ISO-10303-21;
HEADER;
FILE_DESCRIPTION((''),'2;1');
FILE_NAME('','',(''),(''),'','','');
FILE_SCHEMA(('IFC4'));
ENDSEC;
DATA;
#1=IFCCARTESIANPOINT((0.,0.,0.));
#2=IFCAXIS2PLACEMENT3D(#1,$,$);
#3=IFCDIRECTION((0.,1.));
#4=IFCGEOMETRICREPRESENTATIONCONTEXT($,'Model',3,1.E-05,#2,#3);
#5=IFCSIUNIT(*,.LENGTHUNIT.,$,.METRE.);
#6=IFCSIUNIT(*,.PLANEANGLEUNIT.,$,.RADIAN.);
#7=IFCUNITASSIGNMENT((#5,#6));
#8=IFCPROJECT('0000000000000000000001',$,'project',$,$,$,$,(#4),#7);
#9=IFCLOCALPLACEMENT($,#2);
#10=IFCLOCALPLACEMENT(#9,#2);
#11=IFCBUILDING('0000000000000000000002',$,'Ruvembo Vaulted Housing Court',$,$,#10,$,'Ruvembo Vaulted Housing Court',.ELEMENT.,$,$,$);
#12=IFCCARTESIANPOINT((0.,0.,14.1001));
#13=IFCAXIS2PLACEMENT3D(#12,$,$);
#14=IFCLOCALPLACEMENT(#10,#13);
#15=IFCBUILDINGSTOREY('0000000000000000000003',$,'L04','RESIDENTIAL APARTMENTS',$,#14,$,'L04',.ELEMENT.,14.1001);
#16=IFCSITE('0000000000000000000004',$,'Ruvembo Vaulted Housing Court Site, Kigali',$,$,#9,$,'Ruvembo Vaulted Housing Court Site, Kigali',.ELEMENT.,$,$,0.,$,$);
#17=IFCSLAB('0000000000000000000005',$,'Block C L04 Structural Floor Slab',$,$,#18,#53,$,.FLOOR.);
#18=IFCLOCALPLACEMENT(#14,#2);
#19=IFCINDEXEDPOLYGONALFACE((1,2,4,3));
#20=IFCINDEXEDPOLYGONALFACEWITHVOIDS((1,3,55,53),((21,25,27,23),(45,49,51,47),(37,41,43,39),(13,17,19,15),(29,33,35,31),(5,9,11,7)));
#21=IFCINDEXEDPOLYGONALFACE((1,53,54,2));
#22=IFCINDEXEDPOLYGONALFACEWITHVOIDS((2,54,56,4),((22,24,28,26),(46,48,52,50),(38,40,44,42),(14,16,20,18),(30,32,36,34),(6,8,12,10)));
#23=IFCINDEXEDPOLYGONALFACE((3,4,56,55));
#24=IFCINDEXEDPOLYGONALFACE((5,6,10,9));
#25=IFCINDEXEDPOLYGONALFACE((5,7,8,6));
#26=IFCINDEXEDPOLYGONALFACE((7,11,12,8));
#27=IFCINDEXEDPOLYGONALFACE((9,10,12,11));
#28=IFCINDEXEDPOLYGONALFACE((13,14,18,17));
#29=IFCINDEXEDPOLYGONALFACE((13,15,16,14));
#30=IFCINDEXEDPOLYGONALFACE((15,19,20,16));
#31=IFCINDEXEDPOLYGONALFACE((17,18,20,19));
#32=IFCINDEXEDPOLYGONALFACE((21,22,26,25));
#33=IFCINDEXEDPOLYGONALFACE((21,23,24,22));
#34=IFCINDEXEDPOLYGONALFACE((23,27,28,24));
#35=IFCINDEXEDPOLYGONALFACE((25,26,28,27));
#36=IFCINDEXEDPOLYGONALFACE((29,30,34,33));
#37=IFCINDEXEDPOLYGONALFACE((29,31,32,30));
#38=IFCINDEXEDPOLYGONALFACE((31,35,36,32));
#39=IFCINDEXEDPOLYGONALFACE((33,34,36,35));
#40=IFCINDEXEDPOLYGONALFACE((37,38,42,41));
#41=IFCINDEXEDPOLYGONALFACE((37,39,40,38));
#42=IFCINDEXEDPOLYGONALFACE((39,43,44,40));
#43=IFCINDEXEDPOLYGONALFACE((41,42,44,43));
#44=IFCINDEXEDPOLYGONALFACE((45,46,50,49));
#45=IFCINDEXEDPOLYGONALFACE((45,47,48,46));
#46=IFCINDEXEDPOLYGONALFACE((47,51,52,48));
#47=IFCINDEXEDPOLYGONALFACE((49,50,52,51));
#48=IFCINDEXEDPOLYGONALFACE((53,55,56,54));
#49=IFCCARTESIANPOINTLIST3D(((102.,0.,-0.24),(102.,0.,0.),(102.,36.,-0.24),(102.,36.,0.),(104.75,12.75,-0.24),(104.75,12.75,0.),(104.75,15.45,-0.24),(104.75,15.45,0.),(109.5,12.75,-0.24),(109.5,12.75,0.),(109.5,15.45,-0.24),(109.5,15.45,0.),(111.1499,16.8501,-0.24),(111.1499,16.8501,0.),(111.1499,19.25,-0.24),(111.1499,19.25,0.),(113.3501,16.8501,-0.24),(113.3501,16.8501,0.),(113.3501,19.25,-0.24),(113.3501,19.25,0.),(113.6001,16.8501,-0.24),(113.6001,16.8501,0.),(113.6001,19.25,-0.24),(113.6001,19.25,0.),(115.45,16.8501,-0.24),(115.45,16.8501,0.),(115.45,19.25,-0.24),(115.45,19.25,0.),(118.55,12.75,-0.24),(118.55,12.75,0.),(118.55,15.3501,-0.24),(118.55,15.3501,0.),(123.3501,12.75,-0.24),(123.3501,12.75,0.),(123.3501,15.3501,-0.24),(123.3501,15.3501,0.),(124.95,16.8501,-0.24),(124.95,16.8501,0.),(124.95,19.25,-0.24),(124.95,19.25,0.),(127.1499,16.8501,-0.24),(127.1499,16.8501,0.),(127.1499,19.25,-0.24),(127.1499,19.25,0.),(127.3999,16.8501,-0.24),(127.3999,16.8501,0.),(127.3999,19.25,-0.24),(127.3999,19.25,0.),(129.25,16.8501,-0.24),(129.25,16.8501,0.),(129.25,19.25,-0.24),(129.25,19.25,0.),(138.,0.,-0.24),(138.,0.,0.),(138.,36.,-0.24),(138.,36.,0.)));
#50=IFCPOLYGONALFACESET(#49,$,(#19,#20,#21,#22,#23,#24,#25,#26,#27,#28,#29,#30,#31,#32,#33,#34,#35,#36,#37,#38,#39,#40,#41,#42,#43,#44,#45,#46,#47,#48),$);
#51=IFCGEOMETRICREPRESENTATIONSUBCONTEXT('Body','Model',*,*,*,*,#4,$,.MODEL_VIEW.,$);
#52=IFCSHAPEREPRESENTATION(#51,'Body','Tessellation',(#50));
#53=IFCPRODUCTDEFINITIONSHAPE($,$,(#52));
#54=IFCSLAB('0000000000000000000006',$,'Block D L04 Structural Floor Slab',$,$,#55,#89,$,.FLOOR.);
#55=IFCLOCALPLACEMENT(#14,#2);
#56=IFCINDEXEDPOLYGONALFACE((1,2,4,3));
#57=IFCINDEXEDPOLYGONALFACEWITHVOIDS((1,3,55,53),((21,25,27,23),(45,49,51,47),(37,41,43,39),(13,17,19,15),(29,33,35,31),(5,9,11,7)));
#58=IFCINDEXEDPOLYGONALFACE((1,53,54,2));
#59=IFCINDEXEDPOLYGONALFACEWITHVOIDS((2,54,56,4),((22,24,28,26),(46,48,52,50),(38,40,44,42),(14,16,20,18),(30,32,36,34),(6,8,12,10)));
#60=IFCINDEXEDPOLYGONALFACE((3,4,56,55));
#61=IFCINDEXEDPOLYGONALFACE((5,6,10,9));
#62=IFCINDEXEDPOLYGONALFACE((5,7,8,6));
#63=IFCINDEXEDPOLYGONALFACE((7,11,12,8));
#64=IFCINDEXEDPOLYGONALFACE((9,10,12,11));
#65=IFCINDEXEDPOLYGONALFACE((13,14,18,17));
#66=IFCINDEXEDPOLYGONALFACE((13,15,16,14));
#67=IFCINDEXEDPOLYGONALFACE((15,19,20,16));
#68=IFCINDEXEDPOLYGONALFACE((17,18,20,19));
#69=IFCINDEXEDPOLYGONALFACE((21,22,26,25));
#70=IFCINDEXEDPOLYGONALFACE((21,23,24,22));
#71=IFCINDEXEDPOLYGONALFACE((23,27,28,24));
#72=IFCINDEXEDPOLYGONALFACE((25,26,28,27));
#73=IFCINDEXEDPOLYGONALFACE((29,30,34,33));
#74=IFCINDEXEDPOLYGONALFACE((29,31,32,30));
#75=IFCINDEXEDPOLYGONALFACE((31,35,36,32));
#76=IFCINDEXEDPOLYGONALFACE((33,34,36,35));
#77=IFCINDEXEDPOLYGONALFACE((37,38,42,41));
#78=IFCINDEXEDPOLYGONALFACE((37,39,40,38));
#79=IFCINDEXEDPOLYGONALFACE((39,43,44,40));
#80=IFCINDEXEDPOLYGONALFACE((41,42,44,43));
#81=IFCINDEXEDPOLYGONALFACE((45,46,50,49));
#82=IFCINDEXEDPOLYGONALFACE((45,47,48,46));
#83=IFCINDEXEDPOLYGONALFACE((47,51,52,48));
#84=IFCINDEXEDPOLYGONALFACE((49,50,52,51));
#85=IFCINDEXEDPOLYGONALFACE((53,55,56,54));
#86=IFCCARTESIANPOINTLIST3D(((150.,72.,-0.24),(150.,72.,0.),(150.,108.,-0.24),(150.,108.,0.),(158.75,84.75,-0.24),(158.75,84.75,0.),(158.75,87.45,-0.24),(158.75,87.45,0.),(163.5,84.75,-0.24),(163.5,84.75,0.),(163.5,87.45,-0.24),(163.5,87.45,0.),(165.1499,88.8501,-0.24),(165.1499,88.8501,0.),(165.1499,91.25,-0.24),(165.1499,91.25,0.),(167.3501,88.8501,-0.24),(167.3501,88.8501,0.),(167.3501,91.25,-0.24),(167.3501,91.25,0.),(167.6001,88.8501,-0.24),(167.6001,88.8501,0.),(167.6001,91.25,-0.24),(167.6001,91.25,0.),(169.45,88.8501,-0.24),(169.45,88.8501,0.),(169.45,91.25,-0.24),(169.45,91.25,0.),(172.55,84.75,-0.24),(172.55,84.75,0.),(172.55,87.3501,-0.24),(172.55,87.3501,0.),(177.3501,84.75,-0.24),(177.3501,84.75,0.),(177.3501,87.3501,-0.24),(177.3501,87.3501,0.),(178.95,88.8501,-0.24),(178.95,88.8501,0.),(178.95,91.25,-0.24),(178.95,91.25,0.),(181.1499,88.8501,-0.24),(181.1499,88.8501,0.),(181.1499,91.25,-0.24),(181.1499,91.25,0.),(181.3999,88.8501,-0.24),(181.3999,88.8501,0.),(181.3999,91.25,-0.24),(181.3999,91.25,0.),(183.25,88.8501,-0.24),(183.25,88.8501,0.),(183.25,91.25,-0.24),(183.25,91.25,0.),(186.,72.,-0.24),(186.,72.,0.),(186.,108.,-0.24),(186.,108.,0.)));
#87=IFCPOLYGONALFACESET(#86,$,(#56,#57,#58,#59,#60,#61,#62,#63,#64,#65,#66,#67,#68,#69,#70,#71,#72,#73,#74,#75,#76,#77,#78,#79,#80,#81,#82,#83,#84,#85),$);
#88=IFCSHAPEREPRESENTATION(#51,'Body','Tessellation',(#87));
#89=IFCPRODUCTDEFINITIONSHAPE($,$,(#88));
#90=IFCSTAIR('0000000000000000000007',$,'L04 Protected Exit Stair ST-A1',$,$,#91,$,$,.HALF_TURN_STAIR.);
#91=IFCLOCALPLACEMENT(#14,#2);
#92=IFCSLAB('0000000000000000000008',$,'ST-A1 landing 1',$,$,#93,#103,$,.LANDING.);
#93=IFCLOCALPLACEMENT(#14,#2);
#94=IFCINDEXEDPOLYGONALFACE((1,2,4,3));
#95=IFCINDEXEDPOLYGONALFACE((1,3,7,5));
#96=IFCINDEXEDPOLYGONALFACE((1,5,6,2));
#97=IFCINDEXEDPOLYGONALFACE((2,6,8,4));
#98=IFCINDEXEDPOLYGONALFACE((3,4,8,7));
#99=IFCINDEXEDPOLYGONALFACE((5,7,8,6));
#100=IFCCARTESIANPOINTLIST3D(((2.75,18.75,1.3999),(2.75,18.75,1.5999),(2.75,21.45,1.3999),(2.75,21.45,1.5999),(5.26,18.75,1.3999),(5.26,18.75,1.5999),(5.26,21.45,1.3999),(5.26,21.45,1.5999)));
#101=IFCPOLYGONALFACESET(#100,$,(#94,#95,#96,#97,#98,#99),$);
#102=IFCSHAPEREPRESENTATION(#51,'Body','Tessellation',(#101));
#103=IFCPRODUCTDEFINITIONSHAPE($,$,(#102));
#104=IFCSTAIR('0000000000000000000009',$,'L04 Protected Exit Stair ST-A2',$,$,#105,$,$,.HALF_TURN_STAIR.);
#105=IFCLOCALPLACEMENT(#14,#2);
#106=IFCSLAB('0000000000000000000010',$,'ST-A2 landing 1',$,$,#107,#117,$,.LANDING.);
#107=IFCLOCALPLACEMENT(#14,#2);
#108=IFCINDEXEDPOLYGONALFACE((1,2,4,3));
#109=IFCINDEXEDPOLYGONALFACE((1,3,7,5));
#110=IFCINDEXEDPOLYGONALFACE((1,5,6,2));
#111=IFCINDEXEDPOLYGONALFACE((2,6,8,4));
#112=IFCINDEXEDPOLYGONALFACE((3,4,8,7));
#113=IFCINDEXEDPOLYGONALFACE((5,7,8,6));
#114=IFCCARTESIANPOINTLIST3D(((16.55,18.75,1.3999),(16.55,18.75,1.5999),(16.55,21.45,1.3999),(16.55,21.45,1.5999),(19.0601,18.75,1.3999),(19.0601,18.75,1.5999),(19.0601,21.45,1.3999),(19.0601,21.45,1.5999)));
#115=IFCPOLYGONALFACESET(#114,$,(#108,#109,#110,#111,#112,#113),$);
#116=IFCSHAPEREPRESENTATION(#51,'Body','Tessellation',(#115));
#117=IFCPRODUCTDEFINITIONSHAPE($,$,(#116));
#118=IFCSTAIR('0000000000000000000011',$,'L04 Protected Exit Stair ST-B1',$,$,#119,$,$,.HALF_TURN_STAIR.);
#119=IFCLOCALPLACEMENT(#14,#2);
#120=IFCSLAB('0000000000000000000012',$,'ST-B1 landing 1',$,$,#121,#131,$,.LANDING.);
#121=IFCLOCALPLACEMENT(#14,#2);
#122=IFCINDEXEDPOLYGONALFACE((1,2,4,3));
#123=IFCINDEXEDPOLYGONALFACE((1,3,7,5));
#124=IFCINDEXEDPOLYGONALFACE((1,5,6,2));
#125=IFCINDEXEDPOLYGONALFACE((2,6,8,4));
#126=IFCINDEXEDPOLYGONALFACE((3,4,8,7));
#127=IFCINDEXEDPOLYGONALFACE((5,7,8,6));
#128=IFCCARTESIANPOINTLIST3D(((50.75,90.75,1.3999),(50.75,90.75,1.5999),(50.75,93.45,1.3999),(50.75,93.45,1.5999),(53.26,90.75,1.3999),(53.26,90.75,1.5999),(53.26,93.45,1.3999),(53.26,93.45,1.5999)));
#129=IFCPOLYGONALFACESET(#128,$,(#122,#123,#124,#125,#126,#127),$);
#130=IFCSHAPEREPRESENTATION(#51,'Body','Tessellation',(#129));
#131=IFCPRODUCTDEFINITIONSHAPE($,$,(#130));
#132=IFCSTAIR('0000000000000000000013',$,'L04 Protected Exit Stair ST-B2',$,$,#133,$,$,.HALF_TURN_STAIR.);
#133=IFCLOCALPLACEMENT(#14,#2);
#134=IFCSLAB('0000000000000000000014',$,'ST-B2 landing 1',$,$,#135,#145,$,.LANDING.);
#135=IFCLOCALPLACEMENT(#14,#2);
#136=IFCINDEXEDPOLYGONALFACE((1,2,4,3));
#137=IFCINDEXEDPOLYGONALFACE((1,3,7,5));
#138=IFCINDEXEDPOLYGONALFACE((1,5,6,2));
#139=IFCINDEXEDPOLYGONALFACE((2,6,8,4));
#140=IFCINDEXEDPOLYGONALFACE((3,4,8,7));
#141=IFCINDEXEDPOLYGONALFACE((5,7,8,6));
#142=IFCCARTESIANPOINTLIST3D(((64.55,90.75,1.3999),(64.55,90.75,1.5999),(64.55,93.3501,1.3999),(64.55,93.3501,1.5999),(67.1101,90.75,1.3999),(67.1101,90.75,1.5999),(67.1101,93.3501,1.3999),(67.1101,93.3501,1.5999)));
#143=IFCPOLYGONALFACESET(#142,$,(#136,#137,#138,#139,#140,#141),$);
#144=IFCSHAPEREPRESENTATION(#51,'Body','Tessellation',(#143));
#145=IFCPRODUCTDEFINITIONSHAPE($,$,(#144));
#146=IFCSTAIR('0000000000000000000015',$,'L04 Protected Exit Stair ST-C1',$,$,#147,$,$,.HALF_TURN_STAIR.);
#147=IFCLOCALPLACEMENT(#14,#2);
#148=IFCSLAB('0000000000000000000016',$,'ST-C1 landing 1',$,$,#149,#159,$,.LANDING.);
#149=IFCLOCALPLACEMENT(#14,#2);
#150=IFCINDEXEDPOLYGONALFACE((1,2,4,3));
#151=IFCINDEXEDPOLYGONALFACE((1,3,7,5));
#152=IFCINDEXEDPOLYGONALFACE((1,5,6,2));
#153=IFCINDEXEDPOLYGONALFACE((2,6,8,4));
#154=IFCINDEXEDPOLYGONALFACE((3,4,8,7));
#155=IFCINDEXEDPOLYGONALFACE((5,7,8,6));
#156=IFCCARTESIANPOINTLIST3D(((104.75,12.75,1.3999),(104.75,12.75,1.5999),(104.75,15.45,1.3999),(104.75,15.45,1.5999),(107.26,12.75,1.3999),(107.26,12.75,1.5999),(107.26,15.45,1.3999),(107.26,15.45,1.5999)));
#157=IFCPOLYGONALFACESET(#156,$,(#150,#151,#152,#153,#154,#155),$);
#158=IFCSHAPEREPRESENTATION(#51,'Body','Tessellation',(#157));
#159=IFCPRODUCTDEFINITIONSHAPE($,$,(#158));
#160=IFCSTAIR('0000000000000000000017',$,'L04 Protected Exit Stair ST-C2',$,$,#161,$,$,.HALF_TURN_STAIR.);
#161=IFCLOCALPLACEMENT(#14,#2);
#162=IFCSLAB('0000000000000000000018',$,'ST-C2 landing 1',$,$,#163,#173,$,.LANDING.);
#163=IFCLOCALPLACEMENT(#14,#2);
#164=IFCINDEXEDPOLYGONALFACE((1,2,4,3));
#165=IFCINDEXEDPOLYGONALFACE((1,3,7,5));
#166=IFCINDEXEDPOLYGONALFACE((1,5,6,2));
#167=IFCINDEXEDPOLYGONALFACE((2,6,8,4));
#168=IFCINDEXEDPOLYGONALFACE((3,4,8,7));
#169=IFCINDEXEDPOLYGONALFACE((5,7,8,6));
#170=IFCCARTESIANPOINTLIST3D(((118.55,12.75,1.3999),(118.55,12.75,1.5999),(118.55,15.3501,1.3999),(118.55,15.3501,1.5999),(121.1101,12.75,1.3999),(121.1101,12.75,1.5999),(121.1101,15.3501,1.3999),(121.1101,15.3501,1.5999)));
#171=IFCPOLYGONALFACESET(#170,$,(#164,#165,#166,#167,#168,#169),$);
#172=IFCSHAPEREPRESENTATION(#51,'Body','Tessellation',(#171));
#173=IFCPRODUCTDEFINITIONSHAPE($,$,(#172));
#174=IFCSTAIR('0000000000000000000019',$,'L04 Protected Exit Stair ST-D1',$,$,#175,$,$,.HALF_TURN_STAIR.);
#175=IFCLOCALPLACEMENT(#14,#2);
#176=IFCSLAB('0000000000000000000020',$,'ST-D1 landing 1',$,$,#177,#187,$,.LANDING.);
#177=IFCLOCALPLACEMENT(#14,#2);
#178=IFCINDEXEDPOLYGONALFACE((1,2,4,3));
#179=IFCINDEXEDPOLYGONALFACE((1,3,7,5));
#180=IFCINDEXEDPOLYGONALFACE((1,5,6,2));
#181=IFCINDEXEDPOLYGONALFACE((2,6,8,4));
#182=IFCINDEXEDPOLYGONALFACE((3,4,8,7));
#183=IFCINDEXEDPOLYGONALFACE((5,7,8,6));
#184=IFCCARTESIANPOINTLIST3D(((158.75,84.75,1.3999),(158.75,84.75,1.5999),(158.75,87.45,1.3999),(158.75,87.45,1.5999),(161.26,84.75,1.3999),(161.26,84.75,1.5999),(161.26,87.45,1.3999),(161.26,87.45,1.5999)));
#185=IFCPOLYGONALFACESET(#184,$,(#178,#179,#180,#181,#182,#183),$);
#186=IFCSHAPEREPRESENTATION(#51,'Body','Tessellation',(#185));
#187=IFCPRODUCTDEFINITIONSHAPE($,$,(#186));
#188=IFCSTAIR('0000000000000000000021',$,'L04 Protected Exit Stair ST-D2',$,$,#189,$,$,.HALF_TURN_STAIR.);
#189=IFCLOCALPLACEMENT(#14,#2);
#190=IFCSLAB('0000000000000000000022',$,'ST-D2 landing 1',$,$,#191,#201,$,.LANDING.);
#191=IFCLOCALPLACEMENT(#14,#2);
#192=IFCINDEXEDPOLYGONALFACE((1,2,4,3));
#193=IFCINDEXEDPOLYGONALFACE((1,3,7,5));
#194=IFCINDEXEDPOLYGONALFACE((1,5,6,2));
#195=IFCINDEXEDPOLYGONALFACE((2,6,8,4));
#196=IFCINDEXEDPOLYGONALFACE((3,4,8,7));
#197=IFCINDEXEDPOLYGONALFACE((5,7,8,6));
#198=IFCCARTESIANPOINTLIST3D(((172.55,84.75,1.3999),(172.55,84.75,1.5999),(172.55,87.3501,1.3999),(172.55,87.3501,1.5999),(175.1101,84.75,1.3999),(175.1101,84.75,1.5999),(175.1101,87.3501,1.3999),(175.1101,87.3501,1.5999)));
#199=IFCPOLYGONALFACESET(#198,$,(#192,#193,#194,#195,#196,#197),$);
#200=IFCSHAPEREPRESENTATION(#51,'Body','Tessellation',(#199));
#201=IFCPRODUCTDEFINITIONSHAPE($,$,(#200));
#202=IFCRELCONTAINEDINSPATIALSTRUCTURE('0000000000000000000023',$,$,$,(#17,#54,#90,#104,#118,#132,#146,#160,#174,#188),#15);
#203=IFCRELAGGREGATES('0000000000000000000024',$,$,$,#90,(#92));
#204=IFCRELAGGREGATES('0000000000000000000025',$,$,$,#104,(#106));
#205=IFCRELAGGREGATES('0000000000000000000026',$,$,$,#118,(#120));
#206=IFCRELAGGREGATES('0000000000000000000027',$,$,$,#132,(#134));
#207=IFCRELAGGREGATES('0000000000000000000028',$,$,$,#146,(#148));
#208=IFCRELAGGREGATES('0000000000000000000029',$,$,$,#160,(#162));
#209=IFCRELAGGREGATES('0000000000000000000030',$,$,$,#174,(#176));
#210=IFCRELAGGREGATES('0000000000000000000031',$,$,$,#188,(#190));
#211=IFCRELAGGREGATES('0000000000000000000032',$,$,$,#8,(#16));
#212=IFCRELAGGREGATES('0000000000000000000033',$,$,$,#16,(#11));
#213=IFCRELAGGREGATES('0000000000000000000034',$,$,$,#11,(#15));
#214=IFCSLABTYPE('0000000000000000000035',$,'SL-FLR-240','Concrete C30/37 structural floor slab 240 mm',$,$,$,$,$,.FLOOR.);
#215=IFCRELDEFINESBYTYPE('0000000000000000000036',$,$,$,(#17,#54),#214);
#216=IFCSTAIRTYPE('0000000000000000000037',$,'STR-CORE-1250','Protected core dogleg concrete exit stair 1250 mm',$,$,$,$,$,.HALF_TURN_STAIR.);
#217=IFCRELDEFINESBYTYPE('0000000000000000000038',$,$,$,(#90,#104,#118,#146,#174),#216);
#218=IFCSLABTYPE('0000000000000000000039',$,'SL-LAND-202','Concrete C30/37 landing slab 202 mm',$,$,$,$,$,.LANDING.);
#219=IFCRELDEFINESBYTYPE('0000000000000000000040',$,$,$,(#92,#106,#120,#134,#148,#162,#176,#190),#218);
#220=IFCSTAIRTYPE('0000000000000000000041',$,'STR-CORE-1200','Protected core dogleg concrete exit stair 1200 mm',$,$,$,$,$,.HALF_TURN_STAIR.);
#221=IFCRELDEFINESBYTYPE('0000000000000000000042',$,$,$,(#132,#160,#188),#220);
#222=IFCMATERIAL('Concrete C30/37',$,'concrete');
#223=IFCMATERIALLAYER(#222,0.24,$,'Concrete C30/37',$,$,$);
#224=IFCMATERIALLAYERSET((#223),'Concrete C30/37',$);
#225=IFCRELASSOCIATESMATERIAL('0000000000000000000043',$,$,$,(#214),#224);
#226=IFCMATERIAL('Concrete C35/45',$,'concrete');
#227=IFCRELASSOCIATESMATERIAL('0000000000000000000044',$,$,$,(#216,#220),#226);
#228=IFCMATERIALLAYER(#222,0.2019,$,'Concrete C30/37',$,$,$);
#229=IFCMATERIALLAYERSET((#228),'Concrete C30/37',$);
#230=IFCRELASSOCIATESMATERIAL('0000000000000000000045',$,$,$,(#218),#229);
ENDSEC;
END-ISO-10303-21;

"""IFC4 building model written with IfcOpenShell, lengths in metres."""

from ifc_helpers import new_model, si_unit, direction, frame, origin, place, context, subcontext, project, spatial, polyline, outline, extrude, material, layer, layer_set, type_object, element, aggregate, save


model = new_model("IFC4")

# Units and contexts
model_context = context("Model", 3, precision=1e-05, world=origin(), true_north=direction((0.0, 1.0)))
body_context = subcontext(model_context, "Body", "Model", "MODEL_VIEW")
ifc_project = project(units=[si_unit("LENGTHUNIT", "METRE"), si_unit("PLANEANGLEUNIT", "RADIAN")], contexts=[model_context])

# Site, building, storey
site_placement = place(None, origin())
site = spatial("IfcSite", under=ifc_project, at=site_placement, Name="Ruvembo Vaulted Housing Court Site, Kigali", LongName="Ruvembo Vaulted Housing Court Site, Kigali", CompositionType="ELEMENT", RefElevation=0.0)
building_placement = place(site_placement, origin())
building = spatial("IfcBuilding", under=site, at=building_placement, Name="Ruvembo Vaulted Housing Court", LongName="Ruvembo Vaulted Housing Court", CompositionType="ELEMENT")
storey_placement = place(building_placement, frame((0.0, 0.0, 14.1001)))
storey = spatial("IfcBuildingStorey", under=building, at=storey_placement, Name="L04", Description="RESIDENTIAL APARTMENTS", LongName="L04", CompositionType="ELEMENT", Elevation=14.1001)

# Slabs
ifc_material_1 = material(Name="Concrete C35/45", Category="concrete")
ifc_material_2 = material(Name="Concrete C30/37", Category="concrete")
ifc_layer_1 = layer(ifc_material_2, 0.24, Name="Concrete C30/37")
ifc_layer_set_1 = layer_set([ifc_layer_1], Name="Concrete C30/37")
slab_type_1 = type_object("IfcSlabType", Name="SL-FLR-240", Description="Concrete C30/37 structural floor slab 240 mm", PredefinedType="FLOOR", material=ifc_layer_set_1)
slab_1_placement = place(storey_placement, frame((0.0, 0.0, -0.24)))
element("IfcSlab", 1, at=slab_1_placement, inside=storey, type_object=slab_type_1, Name="Block C L04 Structural Floor Slab", PredefinedType="FLOOR", context=body_context, shape_type="SweptSolid", body=[
    extrude(outline(polyline([(138.0, 0.0), (138.0, 36.0), (102.0, 36.0), (102.0, 0.0), (138.0, 0.0)]), holes=[polyline([(109.5, 15.45), (104.75, 15.45), (104.75, 12.75), (109.5, 12.75), (109.5, 15.45)]), polyline([(111.1499, 16.8501), (113.3501, 16.8501), (113.3501, 19.25), (111.1499, 19.25), (111.1499, 16.8501)]), polyline([(113.6001, 16.8501), (115.45, 16.8501), (115.45, 19.25), (113.6001, 19.25), (113.6001, 16.8501)]), polyline([(123.3501, 15.3501), (118.55, 15.3501), (118.55, 12.75), (123.3501, 12.75), (123.3501, 15.3501)]), polyline([(124.95, 16.8501), (127.1499, 16.8501), (127.1499, 19.25), (124.95, 19.25), (124.95, 16.8501)]), polyline([(127.3999, 16.8501), (129.25, 16.8501), (129.25, 19.25), (127.3999, 19.25), (127.3999, 16.8501)])]), origin(), (0.0, 0.0, 1.0), 0.24),
])
slab_2_placement = place(storey_placement, frame((0.0, 0.0, -0.24)))
element("IfcSlab", 2, at=slab_2_placement, inside=storey, type_object=slab_type_1, Name="Block D L04 Structural Floor Slab", PredefinedType="FLOOR", context=body_context, shape_type="SweptSolid", body=[
    extrude(outline(polyline([(186.0, 72.0), (186.0, 108.0), (150.0, 108.0), (150.0, 72.0), (186.0, 72.0)]), holes=[polyline([(163.5, 87.45), (158.75, 87.45), (158.75, 84.75), (163.5, 84.75), (163.5, 87.45)]), polyline([(165.1499, 88.8501), (167.3501, 88.8501), (167.3501, 91.25), (165.1499, 91.25), (165.1499, 88.8501)]), polyline([(167.6001, 88.8501), (169.45, 88.8501), (169.45, 91.25), (167.6001, 91.25), (167.6001, 88.8501)]), polyline([(177.3501, 87.3501), (172.55, 87.3501), (172.55, 84.75), (177.3501, 84.75), (177.3501, 87.3501)]), polyline([(178.95, 88.8501), (181.1499, 88.8501), (181.1499, 91.25), (178.95, 91.25), (178.95, 88.8501)]), polyline([(181.3999, 88.8501), (183.25, 88.8501), (183.25, 91.25), (181.3999, 91.25), (181.3999, 88.8501)])]), origin(), (0.0, 0.0, 1.0), 0.24),
])

# Stairs, slabs
stair_type_1 = type_object("IfcStairType", Name="STR-CORE-1250", Description="Protected core dogleg concrete exit stair 1250 mm", PredefinedType="HALF_TURN_STAIR", material=ifc_material_1)
stair_1_placement = place(storey_placement, origin())
stair_1 = element("IfcStair", 3, at=stair_1_placement, inside=storey, type_object=stair_type_1, Name="L04 Protected Exit Stair ST-A1", PredefinedType="HALF_TURN_STAIR")
ifc_layer_2 = layer(ifc_material_2, 0.2019, Name="Concrete C30/37")
ifc_layer_set_2 = layer_set([ifc_layer_2], Name="Concrete C30/37")
slab_type_2 = type_object("IfcSlabType", Name="SL-LAND-202", Description="Concrete C30/37 landing slab 202 mm", PredefinedType="LANDING", material=ifc_layer_set_2)
slab_3_placement = place(storey_placement, frame((0.0, 0.0, 1.3999)))
slab_3 = element("IfcSlab", 4, at=slab_3_placement, type_object=slab_type_2, Name="ST-A1 landing 1", PredefinedType="LANDING", context=body_context, shape_type="SweptSolid", body=[
    extrude(outline(polyline([(5.26, 21.45), (2.75, 21.45), (2.75, 18.75), (5.26, 18.75), (5.26, 21.45)])), origin(), (0.0, 0.0, 1.0), 0.2),
])
aggregate(stair_1, [slab_3])
stair_2_placement = place(storey_placement, origin())
stair_2 = element("IfcStair", 5, at=stair_2_placement, inside=storey, type_object=stair_type_1, Name="L04 Protected Exit Stair ST-A2", PredefinedType="HALF_TURN_STAIR")
slab_4_placement = place(storey_placement, frame((0.0, 0.0, 1.3999)))
slab_4 = element("IfcSlab", 6, at=slab_4_placement, type_object=slab_type_2, Name="ST-A2 landing 1", PredefinedType="LANDING", context=body_context, shape_type="SweptSolid", body=[
    extrude(outline(polyline([(19.0601, 21.45), (16.55, 21.45), (16.55, 18.75), (19.0601, 18.75), (19.0601, 21.45)])), origin(), (0.0, 0.0, 1.0), 0.2),
])
aggregate(stair_2, [slab_4])
stair_3_placement = place(storey_placement, origin())
stair_3 = element("IfcStair", 7, at=stair_3_placement, inside=storey, type_object=stair_type_1, Name="L04 Protected Exit Stair ST-B1", PredefinedType="HALF_TURN_STAIR")
slab_5_placement = place(storey_placement, frame((0.0, 0.0, 1.3999)))
slab_5 = element("IfcSlab", 8, at=slab_5_placement, type_object=slab_type_2, Name="ST-B1 landing 1", PredefinedType="LANDING", context=body_context, shape_type="SweptSolid", body=[
    extrude(outline(polyline([(53.26, 93.45), (50.75, 93.45), (50.75, 90.75), (53.26, 90.75), (53.26, 93.45)])), origin(), (0.0, 0.0, 1.0), 0.2),
])
aggregate(stair_3, [slab_5])
stair_type_2 = type_object("IfcStairType", Name="STR-CORE-1200", Description="Protected core dogleg concrete exit stair 1200 mm", PredefinedType="HALF_TURN_STAIR", material=ifc_material_1)
stair_4_placement = place(storey_placement, origin())
stair_4 = element("IfcStair", 9, at=stair_4_placement, inside=storey, type_object=stair_type_2, Name="L04 Protected Exit Stair ST-B2", PredefinedType="HALF_TURN_STAIR")
slab_6_placement = place(storey_placement, frame((0.0, 0.0, 1.3999)))
slab_6 = element("IfcSlab", 10, at=slab_6_placement, type_object=slab_type_2, Name="ST-B2 landing 1", PredefinedType="LANDING", context=body_context, shape_type="SweptSolid", body=[
    extrude(outline(polyline([(67.1101, 93.3501), (64.55, 93.3501), (64.55, 90.75), (67.1101, 90.75), (67.1101, 93.3501)])), origin(), (0.0, 0.0, 1.0), 0.2),
])
aggregate(stair_4, [slab_6])
stair_5_placement = place(storey_placement, origin())
stair_5 = element("IfcStair", 11, at=stair_5_placement, inside=storey, type_object=stair_type_1, Name="L04 Protected Exit Stair ST-C1", PredefinedType="HALF_TURN_STAIR")
slab_7_placement = place(storey_placement, frame((0.0, 0.0, 1.3999)))
slab_7 = element("IfcSlab", 12, at=slab_7_placement, type_object=slab_type_2, Name="ST-C1 landing 1", PredefinedType="LANDING", context=body_context, shape_type="SweptSolid", body=[
    extrude(outline(polyline([(107.26, 15.45), (104.75, 15.45), (104.75, 12.75), (107.26, 12.75), (107.26, 15.45)])), origin(), (0.0, 0.0, 1.0), 0.2),
])
aggregate(stair_5, [slab_7])
stair_6_placement = place(storey_placement, origin())
stair_6 = element("IfcStair", 13, at=stair_6_placement, inside=storey, type_object=stair_type_2, Name="L04 Protected Exit Stair ST-C2", PredefinedType="HALF_TURN_STAIR")
slab_8_placement = place(storey_placement, frame((0.0, 0.0, 1.3999)))
slab_8 = element("IfcSlab", 14, at=slab_8_placement, type_object=slab_type_2, Name="ST-C2 landing 1", PredefinedType="LANDING", context=body_context, shape_type="SweptSolid", body=[
    extrude(outline(polyline([(121.1101, 15.3501), (118.55, 15.3501), (118.55, 12.75), (121.1101, 12.75), (121.1101, 15.3501)])), origin(), (0.0, 0.0, 1.0), 0.2),
])
aggregate(stair_6, [slab_8])
stair_7_placement = place(storey_placement, origin())
stair_7 = element("IfcStair", 15, at=stair_7_placement, inside=storey, type_object=stair_type_1, Name="L04 Protected Exit Stair ST-D1", PredefinedType="HALF_TURN_STAIR")
slab_9_placement = place(storey_placement, frame((0.0, 0.0, 1.3999)))
slab_9 = element("IfcSlab", 16, at=slab_9_placement, type_object=slab_type_2, Name="ST-D1 landing 1", PredefinedType="LANDING", context=body_context, shape_type="SweptSolid", body=[
    extrude(outline(polyline([(161.26, 87.45), (158.75, 87.45), (158.75, 84.75), (161.26, 84.75), (161.26, 87.45)])), origin(), (0.0, 0.0, 1.0), 0.2),
])
aggregate(stair_7, [slab_9])
stair_8_placement = place(storey_placement, origin())
stair_8 = element("IfcStair", 17, at=stair_8_placement, inside=storey, type_object=stair_type_2, Name="L04 Protected Exit Stair ST-D2", PredefinedType="HALF_TURN_STAIR")
slab_10_placement = place(storey_placement, frame((0.0, 0.0, 1.3999)))
slab_10 = element("IfcSlab", 18, at=slab_10_placement, type_object=slab_type_2, Name="ST-D2 landing 1", PredefinedType="LANDING", context=body_context, shape_type="SweptSolid", body=[
    extrude(outline(polyline([(175.1101, 87.3501), (172.55, 87.3501), (172.55, 84.75), (175.1101, 84.75), (175.1101, 87.3501)])), origin(), (0.0, 0.0, 1.0), 0.2),
])
aggregate(stair_8, [slab_10])

save(model, "model.ifc")
